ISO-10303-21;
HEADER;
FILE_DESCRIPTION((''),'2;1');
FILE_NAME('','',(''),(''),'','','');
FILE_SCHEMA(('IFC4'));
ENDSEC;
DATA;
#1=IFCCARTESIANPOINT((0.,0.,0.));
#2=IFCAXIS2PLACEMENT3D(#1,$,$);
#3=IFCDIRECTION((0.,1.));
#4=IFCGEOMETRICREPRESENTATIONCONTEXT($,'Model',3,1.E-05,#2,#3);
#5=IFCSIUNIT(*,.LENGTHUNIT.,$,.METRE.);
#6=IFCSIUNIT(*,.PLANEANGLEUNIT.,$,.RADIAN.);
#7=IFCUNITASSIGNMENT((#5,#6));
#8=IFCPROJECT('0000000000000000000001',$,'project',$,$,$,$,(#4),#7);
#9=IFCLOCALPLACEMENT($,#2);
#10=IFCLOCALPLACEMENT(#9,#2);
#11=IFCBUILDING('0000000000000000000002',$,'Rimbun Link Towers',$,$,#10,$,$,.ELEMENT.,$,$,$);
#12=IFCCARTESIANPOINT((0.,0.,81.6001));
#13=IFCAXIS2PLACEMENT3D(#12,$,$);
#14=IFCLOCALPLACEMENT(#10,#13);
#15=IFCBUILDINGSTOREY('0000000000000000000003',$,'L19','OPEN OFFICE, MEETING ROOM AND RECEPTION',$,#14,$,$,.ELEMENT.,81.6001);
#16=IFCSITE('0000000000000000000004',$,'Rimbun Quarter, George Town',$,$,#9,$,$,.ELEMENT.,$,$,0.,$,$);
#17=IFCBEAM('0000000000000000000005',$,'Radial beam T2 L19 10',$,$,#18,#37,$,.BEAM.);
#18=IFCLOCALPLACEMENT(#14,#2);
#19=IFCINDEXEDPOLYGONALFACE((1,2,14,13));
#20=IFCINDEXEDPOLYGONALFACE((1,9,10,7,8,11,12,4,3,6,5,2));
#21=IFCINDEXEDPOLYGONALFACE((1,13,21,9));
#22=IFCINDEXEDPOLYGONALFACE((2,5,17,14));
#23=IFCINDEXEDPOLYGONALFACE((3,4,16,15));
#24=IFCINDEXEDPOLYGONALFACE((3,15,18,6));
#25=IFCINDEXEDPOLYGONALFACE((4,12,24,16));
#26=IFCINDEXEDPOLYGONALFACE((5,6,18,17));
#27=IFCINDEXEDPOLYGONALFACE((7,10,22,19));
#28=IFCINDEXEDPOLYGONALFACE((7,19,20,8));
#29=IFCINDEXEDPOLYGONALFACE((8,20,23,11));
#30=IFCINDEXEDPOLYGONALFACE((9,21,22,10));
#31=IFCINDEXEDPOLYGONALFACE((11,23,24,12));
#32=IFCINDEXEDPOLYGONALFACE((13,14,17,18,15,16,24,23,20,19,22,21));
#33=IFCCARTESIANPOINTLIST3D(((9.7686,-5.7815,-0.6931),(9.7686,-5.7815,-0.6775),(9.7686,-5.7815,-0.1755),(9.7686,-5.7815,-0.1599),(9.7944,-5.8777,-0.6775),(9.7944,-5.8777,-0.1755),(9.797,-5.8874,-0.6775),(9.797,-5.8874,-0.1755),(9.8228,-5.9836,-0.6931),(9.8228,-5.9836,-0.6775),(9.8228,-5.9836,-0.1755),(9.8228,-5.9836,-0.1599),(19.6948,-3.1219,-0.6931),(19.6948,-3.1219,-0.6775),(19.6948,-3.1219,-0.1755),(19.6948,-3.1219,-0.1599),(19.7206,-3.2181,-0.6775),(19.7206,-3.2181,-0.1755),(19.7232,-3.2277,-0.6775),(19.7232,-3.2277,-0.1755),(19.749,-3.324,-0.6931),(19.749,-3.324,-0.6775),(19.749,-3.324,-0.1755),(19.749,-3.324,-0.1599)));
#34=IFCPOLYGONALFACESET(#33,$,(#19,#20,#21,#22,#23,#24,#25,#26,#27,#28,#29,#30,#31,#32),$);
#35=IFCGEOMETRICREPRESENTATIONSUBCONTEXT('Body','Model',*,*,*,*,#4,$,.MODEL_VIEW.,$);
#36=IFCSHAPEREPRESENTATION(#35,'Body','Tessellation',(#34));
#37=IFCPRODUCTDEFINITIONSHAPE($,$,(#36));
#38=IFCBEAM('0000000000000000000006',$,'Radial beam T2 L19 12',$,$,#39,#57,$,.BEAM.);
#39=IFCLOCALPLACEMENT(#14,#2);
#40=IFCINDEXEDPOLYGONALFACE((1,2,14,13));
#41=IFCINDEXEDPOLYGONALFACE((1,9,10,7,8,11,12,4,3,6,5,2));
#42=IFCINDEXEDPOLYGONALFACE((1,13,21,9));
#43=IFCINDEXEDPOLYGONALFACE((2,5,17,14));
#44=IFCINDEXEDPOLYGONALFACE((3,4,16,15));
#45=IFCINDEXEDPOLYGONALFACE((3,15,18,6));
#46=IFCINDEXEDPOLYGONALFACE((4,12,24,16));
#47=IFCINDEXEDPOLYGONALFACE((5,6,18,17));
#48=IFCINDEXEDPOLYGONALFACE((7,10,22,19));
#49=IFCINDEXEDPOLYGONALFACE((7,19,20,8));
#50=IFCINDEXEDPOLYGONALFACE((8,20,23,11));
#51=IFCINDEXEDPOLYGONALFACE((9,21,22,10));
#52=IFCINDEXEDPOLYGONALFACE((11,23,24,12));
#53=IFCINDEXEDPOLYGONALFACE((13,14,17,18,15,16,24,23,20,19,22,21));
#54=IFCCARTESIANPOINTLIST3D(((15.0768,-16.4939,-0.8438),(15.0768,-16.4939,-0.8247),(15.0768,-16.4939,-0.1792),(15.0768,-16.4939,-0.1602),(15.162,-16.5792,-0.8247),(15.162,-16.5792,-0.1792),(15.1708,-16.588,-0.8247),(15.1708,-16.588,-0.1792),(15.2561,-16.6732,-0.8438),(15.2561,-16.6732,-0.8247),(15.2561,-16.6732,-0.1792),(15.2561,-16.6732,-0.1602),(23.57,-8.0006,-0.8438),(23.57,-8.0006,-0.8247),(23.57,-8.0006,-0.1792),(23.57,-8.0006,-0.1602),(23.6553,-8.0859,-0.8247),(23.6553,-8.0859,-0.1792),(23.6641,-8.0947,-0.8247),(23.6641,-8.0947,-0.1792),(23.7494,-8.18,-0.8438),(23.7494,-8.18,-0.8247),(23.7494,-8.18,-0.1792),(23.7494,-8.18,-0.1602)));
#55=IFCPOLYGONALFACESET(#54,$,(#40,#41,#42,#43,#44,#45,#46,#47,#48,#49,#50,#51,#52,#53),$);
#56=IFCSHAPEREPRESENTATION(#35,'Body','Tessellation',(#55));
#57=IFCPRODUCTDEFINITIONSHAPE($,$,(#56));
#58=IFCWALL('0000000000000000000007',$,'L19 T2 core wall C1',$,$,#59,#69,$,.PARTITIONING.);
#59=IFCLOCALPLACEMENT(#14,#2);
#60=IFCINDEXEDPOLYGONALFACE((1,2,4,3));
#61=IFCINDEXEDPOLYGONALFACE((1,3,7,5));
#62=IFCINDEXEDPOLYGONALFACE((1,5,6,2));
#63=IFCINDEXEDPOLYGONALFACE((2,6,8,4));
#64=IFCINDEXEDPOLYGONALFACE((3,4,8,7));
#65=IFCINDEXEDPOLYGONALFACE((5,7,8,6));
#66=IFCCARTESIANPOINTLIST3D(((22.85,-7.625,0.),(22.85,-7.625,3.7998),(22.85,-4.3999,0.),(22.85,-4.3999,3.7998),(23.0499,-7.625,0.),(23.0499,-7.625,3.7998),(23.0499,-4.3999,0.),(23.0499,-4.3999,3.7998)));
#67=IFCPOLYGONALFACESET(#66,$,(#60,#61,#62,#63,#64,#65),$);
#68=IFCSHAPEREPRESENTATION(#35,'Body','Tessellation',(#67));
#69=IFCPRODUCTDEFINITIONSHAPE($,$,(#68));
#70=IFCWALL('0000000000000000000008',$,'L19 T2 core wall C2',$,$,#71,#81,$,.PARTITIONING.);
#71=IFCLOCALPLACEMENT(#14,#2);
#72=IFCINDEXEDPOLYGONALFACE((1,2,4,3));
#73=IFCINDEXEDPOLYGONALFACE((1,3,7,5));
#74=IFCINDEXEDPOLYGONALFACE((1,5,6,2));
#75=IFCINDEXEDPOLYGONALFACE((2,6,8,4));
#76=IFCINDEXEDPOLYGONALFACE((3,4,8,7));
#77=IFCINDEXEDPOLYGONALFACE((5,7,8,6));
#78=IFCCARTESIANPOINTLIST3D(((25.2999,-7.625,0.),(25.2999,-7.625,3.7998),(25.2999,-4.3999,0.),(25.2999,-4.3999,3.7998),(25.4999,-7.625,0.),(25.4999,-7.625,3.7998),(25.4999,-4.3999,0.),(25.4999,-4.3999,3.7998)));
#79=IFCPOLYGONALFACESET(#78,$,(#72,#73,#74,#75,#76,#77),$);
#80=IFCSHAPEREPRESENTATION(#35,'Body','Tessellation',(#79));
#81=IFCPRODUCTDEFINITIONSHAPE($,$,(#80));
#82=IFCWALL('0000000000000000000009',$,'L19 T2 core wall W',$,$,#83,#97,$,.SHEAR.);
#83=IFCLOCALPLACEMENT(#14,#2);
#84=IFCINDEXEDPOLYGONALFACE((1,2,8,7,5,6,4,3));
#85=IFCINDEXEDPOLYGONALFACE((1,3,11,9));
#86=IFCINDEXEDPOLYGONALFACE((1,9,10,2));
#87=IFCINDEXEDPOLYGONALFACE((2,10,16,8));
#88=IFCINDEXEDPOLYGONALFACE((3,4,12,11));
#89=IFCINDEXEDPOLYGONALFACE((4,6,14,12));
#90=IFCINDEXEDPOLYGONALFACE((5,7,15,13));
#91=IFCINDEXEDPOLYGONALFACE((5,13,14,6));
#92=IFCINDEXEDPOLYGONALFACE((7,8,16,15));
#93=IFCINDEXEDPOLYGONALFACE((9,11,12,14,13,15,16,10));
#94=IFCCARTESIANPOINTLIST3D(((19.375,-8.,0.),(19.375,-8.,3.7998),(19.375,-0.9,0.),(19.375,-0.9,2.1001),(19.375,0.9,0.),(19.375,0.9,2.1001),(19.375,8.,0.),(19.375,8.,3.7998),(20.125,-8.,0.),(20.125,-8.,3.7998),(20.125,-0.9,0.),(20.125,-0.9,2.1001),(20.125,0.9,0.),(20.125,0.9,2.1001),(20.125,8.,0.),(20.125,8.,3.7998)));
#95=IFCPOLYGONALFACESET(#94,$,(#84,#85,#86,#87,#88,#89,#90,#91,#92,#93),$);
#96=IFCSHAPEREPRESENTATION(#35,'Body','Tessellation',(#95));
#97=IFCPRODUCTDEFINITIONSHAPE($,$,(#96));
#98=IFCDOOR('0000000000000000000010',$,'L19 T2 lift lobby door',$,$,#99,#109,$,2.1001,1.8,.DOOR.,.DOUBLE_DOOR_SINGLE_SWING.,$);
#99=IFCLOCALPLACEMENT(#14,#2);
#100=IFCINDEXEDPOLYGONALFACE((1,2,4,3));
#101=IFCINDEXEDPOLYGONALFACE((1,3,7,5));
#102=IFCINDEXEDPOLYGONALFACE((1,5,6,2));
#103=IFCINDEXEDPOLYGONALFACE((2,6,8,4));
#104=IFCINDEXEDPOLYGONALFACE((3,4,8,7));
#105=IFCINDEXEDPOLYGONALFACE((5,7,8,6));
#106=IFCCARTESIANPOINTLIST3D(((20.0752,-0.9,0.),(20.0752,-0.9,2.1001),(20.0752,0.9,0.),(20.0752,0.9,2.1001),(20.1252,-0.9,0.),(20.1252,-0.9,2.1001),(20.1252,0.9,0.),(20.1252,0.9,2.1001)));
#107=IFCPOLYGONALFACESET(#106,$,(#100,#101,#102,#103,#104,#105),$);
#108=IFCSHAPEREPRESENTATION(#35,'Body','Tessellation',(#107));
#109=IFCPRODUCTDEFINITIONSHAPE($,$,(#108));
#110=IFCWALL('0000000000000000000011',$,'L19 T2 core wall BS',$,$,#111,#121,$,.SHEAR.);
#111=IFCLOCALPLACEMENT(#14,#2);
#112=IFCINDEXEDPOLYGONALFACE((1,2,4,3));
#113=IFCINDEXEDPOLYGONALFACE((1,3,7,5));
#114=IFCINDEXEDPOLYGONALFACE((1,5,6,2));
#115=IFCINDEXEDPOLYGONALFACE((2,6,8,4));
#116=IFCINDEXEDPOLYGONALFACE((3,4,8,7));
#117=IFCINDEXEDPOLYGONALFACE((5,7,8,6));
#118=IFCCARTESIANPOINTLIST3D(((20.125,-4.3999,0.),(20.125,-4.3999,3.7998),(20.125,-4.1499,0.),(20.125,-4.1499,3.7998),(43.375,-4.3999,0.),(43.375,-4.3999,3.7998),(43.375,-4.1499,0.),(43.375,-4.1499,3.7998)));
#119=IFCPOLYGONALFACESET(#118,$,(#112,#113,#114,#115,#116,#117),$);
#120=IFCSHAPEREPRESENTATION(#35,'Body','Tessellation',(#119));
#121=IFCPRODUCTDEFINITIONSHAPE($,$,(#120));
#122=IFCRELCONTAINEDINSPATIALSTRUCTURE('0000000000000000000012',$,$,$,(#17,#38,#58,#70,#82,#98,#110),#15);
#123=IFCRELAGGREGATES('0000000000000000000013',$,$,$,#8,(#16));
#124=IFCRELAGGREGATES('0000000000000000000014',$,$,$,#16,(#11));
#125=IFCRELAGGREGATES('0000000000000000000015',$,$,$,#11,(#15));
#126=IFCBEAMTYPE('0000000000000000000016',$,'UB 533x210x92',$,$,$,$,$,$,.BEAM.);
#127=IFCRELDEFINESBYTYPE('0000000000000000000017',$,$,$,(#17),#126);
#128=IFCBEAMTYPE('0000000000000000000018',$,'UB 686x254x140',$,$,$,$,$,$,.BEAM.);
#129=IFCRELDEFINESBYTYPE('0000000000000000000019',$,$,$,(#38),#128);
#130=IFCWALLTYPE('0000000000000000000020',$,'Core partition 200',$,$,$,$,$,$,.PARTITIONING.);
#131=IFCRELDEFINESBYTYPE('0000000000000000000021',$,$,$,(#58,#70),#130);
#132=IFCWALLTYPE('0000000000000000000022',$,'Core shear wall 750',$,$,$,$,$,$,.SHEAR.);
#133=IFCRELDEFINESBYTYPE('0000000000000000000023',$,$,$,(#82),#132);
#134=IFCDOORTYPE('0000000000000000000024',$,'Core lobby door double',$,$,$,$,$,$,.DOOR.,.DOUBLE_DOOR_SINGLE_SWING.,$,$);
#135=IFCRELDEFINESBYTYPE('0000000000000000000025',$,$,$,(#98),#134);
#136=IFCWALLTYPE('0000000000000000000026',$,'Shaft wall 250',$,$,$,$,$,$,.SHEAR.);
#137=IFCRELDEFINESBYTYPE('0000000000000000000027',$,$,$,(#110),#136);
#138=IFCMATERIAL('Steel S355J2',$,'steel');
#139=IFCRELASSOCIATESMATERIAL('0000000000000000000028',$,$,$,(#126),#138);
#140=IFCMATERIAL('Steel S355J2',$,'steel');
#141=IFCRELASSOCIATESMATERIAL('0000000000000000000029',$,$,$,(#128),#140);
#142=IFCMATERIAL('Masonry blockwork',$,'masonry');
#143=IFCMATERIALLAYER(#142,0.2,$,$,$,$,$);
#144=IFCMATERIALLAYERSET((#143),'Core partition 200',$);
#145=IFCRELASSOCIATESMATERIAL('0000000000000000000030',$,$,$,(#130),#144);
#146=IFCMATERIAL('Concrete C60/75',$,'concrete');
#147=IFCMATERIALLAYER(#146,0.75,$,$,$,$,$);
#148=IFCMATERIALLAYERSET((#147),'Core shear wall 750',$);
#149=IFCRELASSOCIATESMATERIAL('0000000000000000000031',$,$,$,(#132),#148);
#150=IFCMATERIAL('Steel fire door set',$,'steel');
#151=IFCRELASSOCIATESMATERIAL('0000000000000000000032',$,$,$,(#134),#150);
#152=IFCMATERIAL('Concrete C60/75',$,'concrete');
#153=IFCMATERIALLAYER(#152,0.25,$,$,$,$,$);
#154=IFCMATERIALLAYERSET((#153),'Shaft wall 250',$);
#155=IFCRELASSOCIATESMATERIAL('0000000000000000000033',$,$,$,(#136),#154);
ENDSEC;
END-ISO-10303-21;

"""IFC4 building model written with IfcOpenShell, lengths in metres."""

from ifc_helpers import new_model, si_unit, direction, frame, frame_2d, origin, origin_2d, place, context, subcontext, project, spatial, rectangle, i_section, extrude, material, layer, layer_set, material_profile, profile_set, type_object, element, fill, save


model = new_model("IFC4")

# Units and contexts
model_context = context("Model", 3, precision=1e-05, world=origin(), true_north=direction((0.0, 1.0)))
body_context = subcontext(model_context, "Body", "Model", "MODEL_VIEW")
ifc_project = project(units=[si_unit("LENGTHUNIT", "METRE"), si_unit("PLANEANGLEUNIT", "RADIAN")], contexts=[model_context])

# Site, building, storey
site_placement = place(None, origin())
site = spatial("IfcSite", under=ifc_project, at=site_placement, Name="Rimbun Quarter, George Town", CompositionType="ELEMENT", RefElevation=0.0)
building_placement = place(site_placement, origin())
building = spatial("IfcBuilding", under=site, at=building_placement, Name="Rimbun Link Towers", CompositionType="ELEMENT")
storey_placement = place(building_placement, frame((0.0, 0.0, 81.6001)))
storey = spatial("IfcBuildingStorey", under=building, at=storey_placement, Name="L19", Description="OPEN OFFICE, MEETING ROOM AND RECEPTION", CompositionType="ELEMENT", Elevation=81.6001)

# Beams
ifc_material_1 = material(Name="Steel S355J2", Category="steel")
ifc_material_profile_1 = material_profile(ifc_material_1, i_section(OverallWidth=0.2092, OverallDepth=0.5332, WebThickness=0.01, FlangeThickness=0.0156, at=origin_2d()), Name="UB 533x210x92")
ifc_profile_set_1 = profile_set([ifc_material_profile_1], Name="Steel S355J2")
beam_type_1 = type_object("IfcBeamType", Name="UB 533x210x92", PredefinedType="BEAM", material=ifc_profile_set_1)
beam_1_placement = place(storey_placement, frame((19.7219, -3.2229, -0.4265), z_axis=(-0.965927, -0.258813, 0.0), x_axis=(0.258813, -0.965927, 0.0)))
element("IfcBeam", 1, at=beam_1_placement, inside=storey, type_object=beam_type_1, Name="Radial beam T2 L19 10", PredefinedType="BEAM", context=body_context, shape_type="SweptSolid", body=[
    extrude(i_section(OverallWidth=0.2092, OverallDepth=0.5332, WebThickness=0.01, FlangeThickness=0.0156, at=origin_2d()), origin(), (0.0, 0.0, 1.0), 10.2764),
])
ifc_material_2 = material(Name="Steel S355J2", Category="steel")
ifc_material_profile_2 = material_profile(ifc_material_2, i_section(OverallWidth=0.2537, OverallDepth=0.6836, WebThickness=0.0125, FlangeThickness=0.019, at=origin_2d()), Name="UB 686x254x140")
ifc_profile_set_2 = profile_set([ifc_material_profile_2], Name="Steel S355J2")
beam_type_2 = type_object("IfcBeamType", Name="UB 686x254x140", PredefinedType="BEAM", material=ifc_profile_set_2)
beam_2_placement = place(storey_placement, frame((23.6597, -8.0903, -0.502), z_axis=(-0.707107, -0.707107, 0.0), x_axis=(0.707107, -0.707107, 0.0)))
element("IfcBeam", 2, at=beam_2_placement, inside=storey, type_object=beam_type_2, Name="Radial beam T2 L19 12", PredefinedType="BEAM", context=body_context, shape_type="SweptSolid", body=[
    extrude(i_section(OverallWidth=0.2537, OverallDepth=0.6836, WebThickness=0.0125, FlangeThickness=0.019, at=origin_2d()), origin(), (0.0, 0.0, 1.0), 12.0112),
])

# Walls
ifc_material_3 = material(Name="Masonry blockwork", Category="masonry")
ifc_layer_1 = layer(ifc_material_3, 0.2)
ifc_layer_set_1 = layer_set([ifc_layer_1], Name="Core partition 200")
wall_type_1 = type_object("IfcWallType", Name="Core partition 200", PredefinedType="PARTITIONING", material=ifc_layer_set_1)
for number, where, z_axis, x_axis, name in (
    (3, (22.95, -4.3999, 0.0), (0.0, 0.0, 1.0), (0.0, -1.0, 0.0), "L19 T2 core wall C1"),
    (4, (25.3999, -4.3999, 0.0), (0.0, 0.0, 1.0), (0.0, -1.0, 0.0), "L19 T2 core wall C2"),
):
    element("IfcWall", number, at=place(storey_placement, frame(where, z_axis=z_axis, x_axis=x_axis)), inside=storey, type_object=wall_type_1, Name=name, PredefinedType="PARTITIONING", context=body_context, shape_type="SweptSolid", body=[
        extrude(rectangle(XDim=3.2251, YDim=0.2, at=frame_2d((1.6125, 0.0))), origin(), (0.0, 0.0, 1.0), 3.7998),
    ])

# Wall, opening, door
ifc_material_4 = material(Name="Concrete C60/75", Category="concrete")
ifc_layer_2 = layer(ifc_material_4, 0.75)
ifc_layer_set_2 = layer_set([ifc_layer_2], Name="Core shear wall 750")
wall_type_2 = type_object("IfcWallType", Name="Core shear wall 750", PredefinedType="SHEAR", material=ifc_layer_set_2)
wall_1_placement = place(storey_placement, frame((19.75, -8.0, 0.0), z_axis=(0.0, 0.0, 1.0), x_axis=(0.0, 1.0, 0.0)))
wall_1 = element("IfcWall", 5, at=wall_1_placement, inside=storey, type_object=wall_type_2, Name="L19 T2 core wall W", PredefinedType="SHEAR", context=body_context, shape_type="SweptSolid", body=[
    extrude(rectangle(XDim=16.0, YDim=0.75, at=frame_2d((8.0, 0.0))), origin(), (0.0, 0.0, 1.0), 3.7998),
])
opening_1_placement = place(wall_1_placement, frame((7.1001, 0.0, 0.0)))
opening_1 = element("IfcOpeningElement", 6, at=opening_1_placement, cuts=wall_1, PredefinedType="OPENING", context=body_context, shape_type="SweptSolid", body=[
    extrude(rectangle(XDim=1.8, YDim=2.1001, at=frame_2d((0.8999, 1.05))), frame((0.0, 0.385, 0.0), z_axis=(0.0, -1.0, 0.0), x_axis=(1.0, 0.0, 0.0)), (0.0, 0.0, 1.0), 0.77),
])
ifc_material_5 = material(Name="Steel fire door set", Category="steel")
door_type_1 = type_object("IfcDoorType", Name="Core lobby door double", OperationType="DOUBLE_DOOR_SINGLE_SWING", PredefinedType="DOOR", material=ifc_material_5)
door_1_placement = place(opening_1_placement, origin())
door_1 = element("IfcDoor", 7, at=door_1_placement, inside=storey, type_object=door_type_1, Name="L19 T2 lift lobby door", OperationType="DOUBLE_DOOR_SINGLE_SWING", OverallHeight=2.1001, OverallWidth=1.8, PredefinedType="DOOR", context=body_context, shape_type="SweptSolid", body=[
    extrude(rectangle(XDim=1.8, YDim=2.1001, at=frame_2d((0.8999, 1.05))), frame((0.0, -0.3252, 0.0), z_axis=(0.0, -1.0, 0.0), x_axis=(1.0, 0.0, 0.0)), (0.0, 0.0, 1.0), 0.05),
])
fill(opening_1, door_1)

# Wall
ifc_material_6 = material(Name="Concrete C60/75", Category="concrete")
ifc_layer_3 = layer(ifc_material_6, 0.25)
ifc_layer_set_3 = layer_set([ifc_layer_3], Name="Shaft wall 250")
wall_type_3 = type_object("IfcWallType", Name="Shaft wall 250", PredefinedType="SHEAR", material=ifc_layer_set_3)
wall_2_placement = place(storey_placement, frame((20.125, -4.2749, 0.0), z_axis=(0.0, 0.0, 1.0), x_axis=(1.0, 0.0, 0.0)))
element("IfcWall", 8, at=wall_2_placement, inside=storey, type_object=wall_type_3, Name="L19 T2 core wall BS", PredefinedType="SHEAR", context=body_context, shape_type="SweptSolid", body=[
    extrude(rectangle(XDim=23.25, YDim=0.25, at=frame_2d((11.625, 0.0))), origin(), (0.0, 0.0, 1.0), 3.7998),
])

save(model, "model.ifc")
